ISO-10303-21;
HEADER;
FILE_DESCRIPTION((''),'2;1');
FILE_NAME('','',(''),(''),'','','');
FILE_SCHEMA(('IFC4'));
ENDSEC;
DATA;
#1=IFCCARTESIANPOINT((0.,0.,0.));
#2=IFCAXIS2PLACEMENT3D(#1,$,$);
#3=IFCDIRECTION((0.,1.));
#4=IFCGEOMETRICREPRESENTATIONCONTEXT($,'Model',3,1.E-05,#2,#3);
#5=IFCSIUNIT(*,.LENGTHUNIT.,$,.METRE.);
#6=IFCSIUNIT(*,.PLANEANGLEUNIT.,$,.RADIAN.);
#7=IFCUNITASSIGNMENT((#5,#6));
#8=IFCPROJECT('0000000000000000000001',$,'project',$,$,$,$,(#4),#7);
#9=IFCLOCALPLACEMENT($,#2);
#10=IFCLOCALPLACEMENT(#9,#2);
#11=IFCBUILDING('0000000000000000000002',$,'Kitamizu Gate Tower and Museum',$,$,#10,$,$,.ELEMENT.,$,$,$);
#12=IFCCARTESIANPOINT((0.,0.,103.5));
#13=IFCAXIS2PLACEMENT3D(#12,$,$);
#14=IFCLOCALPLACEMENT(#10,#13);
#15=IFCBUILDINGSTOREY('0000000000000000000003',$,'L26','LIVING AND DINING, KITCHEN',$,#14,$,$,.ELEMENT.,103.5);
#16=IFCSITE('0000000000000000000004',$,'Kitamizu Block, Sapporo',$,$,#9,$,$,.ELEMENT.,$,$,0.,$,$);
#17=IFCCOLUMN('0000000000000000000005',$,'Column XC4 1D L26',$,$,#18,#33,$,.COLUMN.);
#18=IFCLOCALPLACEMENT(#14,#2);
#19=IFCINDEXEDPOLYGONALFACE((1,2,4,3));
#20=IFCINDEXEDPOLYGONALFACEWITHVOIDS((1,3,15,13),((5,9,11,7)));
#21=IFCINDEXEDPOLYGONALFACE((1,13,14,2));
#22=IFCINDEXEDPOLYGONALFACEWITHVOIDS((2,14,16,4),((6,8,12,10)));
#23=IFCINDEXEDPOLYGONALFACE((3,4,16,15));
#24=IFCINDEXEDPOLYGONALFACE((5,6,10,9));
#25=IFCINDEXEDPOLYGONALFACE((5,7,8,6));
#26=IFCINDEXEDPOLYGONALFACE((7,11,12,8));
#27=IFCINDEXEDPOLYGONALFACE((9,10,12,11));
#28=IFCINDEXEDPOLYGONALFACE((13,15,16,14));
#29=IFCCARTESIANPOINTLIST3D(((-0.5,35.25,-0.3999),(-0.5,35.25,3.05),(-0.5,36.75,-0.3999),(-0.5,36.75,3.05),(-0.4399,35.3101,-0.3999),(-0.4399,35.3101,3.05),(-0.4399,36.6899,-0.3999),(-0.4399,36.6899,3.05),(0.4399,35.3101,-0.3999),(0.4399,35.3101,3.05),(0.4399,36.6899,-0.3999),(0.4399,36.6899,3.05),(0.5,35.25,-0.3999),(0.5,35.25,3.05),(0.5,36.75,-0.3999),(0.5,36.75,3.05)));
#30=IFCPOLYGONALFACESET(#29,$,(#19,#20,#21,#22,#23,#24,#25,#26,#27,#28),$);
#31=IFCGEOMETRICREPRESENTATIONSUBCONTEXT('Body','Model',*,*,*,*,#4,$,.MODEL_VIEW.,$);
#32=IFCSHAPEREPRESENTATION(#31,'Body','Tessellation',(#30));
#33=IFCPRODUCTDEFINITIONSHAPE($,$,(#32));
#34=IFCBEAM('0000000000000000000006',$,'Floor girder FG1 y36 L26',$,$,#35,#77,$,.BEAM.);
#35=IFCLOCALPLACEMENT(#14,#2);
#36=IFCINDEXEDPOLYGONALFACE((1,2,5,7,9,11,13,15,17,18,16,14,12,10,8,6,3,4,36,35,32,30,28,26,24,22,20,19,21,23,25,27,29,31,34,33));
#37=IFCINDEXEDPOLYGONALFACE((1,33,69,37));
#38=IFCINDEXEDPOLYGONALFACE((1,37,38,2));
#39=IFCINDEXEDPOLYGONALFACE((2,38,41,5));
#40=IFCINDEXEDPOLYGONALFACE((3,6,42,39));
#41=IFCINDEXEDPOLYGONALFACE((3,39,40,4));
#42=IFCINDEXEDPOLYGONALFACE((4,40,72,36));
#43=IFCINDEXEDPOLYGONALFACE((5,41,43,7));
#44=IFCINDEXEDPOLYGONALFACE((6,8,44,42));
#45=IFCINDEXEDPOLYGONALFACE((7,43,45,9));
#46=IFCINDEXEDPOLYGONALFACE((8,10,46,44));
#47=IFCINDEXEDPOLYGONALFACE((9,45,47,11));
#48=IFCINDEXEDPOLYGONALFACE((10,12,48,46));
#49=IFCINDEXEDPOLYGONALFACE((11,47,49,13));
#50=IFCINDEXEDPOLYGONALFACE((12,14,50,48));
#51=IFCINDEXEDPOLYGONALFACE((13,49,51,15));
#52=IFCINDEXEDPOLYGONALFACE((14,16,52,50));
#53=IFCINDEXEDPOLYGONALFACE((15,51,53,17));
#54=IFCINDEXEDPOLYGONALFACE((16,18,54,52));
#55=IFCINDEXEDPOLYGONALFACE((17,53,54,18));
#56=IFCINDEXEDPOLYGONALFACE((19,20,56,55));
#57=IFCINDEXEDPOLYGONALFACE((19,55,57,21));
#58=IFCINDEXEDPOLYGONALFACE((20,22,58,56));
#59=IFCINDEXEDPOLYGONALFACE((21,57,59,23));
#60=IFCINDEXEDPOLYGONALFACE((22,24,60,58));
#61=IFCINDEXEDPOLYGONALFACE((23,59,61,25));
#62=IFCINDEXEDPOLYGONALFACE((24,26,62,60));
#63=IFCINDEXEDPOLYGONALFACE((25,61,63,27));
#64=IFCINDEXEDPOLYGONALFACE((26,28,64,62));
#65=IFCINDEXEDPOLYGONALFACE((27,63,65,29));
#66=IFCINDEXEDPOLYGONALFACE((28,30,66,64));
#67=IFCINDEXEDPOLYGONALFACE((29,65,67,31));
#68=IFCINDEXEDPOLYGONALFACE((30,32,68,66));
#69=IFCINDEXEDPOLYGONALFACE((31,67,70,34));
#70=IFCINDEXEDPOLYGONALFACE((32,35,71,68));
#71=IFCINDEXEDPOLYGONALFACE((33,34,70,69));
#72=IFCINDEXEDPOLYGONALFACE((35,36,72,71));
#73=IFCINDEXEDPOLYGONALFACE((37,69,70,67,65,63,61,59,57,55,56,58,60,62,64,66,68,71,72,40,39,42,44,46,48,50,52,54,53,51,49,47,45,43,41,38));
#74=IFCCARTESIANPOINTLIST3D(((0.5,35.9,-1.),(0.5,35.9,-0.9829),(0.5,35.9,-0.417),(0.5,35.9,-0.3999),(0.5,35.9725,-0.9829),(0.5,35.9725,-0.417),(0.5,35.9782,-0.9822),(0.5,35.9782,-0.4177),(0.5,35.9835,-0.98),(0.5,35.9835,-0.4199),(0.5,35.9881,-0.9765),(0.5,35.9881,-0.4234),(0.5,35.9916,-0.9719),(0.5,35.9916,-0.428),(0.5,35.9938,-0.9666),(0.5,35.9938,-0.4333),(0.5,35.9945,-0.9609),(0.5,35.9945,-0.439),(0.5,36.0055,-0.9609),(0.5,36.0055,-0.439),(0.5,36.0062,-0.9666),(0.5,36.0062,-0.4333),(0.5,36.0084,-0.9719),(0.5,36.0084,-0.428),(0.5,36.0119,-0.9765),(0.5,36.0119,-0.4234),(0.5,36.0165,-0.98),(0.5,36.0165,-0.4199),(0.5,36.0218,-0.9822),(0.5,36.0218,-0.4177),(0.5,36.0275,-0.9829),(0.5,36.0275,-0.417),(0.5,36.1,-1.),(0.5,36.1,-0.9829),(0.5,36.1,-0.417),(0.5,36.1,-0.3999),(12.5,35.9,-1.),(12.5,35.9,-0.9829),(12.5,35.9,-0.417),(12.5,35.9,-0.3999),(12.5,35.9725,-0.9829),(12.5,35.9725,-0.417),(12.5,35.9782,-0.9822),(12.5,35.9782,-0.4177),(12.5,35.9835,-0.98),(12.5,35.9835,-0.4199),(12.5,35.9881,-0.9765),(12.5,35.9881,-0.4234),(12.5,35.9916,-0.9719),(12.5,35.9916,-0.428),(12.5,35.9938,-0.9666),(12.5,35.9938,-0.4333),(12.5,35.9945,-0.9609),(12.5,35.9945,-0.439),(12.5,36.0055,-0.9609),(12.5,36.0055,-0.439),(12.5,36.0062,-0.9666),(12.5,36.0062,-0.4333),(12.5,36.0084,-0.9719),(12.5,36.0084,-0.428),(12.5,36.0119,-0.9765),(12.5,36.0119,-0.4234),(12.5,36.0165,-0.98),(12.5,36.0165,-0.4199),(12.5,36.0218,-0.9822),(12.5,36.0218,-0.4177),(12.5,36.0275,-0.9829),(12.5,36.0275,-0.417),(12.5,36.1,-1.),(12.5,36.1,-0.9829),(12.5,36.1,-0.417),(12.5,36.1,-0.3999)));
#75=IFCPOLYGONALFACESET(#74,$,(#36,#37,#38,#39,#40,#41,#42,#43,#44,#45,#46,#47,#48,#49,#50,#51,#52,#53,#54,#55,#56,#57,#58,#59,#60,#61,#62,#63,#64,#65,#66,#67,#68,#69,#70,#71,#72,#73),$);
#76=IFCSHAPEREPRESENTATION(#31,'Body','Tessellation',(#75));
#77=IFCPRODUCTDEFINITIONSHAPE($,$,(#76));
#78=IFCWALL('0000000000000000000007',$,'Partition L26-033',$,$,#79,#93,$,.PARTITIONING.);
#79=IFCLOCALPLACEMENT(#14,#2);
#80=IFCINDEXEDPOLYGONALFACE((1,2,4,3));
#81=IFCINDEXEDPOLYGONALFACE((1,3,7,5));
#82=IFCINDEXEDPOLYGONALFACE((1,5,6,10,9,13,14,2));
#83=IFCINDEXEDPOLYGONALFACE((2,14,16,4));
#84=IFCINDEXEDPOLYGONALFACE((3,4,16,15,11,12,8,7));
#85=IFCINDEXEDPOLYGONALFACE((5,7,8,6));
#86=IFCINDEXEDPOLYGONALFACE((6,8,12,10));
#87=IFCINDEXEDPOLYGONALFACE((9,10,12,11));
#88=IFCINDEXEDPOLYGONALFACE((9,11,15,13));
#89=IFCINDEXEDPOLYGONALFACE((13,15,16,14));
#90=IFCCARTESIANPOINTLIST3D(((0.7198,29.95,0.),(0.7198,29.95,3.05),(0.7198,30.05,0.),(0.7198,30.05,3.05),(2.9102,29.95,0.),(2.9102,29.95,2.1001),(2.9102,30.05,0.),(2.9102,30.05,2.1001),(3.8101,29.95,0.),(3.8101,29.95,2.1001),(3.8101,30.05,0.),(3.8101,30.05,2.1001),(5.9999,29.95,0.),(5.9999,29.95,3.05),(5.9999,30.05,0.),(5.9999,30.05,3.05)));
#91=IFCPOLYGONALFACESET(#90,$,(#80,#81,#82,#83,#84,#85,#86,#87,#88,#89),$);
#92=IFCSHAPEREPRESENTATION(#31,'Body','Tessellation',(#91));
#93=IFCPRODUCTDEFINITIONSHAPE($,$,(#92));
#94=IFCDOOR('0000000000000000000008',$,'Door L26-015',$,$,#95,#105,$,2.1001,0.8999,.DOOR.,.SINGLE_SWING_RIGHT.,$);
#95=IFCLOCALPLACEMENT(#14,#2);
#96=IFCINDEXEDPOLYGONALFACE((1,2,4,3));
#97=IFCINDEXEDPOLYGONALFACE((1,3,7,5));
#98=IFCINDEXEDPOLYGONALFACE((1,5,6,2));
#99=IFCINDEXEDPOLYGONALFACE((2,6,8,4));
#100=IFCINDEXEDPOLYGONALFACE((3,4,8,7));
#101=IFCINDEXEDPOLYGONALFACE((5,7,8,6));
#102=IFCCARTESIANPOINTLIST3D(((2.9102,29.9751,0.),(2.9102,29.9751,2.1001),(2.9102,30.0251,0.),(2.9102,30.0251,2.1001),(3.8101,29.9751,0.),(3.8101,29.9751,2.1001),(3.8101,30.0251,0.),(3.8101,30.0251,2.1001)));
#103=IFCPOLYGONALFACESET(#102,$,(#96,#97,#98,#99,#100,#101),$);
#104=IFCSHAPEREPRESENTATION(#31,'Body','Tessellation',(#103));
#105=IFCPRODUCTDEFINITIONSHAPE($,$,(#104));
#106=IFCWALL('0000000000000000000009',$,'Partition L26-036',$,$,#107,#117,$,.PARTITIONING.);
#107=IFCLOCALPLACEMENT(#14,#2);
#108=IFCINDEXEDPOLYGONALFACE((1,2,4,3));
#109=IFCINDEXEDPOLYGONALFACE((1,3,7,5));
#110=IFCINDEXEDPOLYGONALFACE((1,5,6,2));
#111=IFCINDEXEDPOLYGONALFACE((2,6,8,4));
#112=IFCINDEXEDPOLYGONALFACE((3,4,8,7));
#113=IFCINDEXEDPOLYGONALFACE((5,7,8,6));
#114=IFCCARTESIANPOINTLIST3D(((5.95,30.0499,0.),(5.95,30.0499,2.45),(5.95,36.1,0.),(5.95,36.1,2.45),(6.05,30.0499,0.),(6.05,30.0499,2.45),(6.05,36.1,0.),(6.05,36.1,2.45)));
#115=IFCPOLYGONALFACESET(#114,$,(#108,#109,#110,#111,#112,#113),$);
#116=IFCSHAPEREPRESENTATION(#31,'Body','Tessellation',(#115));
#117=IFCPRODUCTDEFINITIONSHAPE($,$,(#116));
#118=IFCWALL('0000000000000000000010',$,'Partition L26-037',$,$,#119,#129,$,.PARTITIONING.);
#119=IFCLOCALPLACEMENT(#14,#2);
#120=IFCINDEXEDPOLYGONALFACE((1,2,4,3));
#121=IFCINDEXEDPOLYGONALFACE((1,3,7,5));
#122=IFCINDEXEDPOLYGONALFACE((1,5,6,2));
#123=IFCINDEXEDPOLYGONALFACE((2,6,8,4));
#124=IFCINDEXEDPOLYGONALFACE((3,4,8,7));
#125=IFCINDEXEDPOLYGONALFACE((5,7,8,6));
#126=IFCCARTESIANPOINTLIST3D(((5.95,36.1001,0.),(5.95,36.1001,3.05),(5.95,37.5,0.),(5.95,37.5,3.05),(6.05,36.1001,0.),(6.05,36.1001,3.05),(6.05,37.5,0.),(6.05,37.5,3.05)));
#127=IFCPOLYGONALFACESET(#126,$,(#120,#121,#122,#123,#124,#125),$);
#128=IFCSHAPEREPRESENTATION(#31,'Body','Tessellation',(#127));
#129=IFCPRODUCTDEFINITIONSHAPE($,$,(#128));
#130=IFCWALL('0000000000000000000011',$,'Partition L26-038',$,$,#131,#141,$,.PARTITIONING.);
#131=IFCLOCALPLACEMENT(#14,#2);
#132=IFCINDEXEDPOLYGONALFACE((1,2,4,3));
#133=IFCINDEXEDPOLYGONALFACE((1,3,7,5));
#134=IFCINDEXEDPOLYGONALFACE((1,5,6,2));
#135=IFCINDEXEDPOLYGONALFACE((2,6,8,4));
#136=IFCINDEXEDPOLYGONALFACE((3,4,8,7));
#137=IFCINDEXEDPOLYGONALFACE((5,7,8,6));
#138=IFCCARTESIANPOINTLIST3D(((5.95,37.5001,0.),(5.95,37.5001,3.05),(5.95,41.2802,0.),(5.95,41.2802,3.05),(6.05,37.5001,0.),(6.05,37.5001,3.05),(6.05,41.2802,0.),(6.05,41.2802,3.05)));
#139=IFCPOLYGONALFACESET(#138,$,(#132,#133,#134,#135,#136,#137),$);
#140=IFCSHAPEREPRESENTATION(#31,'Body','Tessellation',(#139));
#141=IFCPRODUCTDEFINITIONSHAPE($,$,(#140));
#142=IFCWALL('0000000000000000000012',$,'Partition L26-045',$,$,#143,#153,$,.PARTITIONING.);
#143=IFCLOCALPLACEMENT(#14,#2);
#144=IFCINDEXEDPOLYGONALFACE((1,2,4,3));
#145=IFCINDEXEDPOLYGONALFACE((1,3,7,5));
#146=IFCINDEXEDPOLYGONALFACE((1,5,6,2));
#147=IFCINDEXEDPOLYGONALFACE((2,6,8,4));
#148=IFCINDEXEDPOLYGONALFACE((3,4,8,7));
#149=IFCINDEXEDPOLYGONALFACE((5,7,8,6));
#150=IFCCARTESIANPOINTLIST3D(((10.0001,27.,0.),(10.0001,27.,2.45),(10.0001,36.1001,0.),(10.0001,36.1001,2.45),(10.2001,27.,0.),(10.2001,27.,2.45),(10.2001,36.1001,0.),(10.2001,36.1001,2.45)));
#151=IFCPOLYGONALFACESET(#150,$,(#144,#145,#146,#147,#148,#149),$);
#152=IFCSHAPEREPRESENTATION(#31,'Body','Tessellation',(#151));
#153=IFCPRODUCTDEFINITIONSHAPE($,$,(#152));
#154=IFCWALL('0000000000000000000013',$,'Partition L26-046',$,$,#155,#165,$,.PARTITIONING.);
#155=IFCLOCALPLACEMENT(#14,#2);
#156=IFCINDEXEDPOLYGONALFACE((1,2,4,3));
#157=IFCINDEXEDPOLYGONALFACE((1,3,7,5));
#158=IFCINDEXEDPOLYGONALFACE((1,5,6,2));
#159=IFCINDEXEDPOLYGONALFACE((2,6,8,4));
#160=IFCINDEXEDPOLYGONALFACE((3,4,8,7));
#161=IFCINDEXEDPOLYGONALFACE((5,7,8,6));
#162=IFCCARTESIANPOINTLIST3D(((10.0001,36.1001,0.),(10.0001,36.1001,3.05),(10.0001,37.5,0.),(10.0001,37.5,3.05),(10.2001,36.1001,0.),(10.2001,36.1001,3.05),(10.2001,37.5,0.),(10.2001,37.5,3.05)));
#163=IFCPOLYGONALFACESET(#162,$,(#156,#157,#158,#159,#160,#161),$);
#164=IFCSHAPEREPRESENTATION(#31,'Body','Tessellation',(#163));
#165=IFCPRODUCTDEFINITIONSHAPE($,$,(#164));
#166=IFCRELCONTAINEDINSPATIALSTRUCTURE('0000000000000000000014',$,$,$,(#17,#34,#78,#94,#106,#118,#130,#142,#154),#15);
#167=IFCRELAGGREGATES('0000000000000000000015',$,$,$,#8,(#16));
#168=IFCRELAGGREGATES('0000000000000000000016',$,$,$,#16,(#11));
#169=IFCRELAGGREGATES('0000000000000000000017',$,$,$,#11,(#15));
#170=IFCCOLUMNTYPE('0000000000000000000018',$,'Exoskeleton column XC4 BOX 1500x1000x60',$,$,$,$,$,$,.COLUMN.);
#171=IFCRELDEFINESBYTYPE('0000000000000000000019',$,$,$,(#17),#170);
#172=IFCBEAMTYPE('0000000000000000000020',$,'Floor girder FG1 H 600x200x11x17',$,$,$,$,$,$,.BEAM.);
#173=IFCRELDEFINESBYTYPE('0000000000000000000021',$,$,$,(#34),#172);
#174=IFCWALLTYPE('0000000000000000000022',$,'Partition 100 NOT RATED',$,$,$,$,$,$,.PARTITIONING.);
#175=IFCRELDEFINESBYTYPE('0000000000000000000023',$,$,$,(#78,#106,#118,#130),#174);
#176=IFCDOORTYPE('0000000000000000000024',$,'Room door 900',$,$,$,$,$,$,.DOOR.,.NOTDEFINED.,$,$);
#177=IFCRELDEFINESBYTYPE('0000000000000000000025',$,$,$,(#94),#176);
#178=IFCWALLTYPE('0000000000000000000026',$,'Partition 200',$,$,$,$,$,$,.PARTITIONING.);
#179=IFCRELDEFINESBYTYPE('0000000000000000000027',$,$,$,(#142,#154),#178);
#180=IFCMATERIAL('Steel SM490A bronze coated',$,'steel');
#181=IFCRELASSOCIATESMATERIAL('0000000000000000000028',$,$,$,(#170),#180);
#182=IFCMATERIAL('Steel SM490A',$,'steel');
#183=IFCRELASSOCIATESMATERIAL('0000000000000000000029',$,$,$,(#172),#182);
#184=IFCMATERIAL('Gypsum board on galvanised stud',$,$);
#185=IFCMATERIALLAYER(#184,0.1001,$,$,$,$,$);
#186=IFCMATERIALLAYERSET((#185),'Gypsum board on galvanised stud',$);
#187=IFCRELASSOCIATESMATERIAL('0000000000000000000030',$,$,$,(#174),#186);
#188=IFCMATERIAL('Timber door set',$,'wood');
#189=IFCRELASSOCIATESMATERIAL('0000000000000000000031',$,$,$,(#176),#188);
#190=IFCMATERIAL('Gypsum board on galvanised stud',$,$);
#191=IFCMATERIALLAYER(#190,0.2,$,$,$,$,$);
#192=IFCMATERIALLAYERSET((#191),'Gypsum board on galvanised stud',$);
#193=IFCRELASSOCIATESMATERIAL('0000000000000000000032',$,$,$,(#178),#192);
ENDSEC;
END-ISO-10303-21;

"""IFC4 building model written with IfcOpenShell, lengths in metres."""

from ifc_helpers import new_model, si_unit, direction, frame, frame_2d, origin, origin_2d, place, context, subcontext, project, spatial, rectangle, hollow_rectangle, i_section, extrude, material, layer, layer_set, material_profile, profile_set, type_object, element, fill, save


model = new_model("IFC4")

# Units and contexts
model_context = context("Model", 3, precision=1e-05, world=origin(), true_north=direction((0.0, 1.0)))
body_context = subcontext(model_context, "Body", "Model", "MODEL_VIEW")
ifc_project = project(units=[si_unit("LENGTHUNIT", "METRE"), si_unit("PLANEANGLEUNIT", "RADIAN")], contexts=[model_context])

# Site, building, storey
site_placement = place(None, origin())
site = spatial("IfcSite", under=ifc_project, at=site_placement, Name="Kitamizu Block, Sapporo", CompositionType="ELEMENT", RefElevation=0.0)
building_placement = place(site_placement, origin())
building = spatial("IfcBuilding", under=site, at=building_placement, Name="Kitamizu Gate Tower and Museum", CompositionType="ELEMENT")
storey_placement = place(building_placement, frame((0.0, 0.0, 103.5)))
storey = spatial("IfcBuildingStorey", under=building, at=storey_placement, Name="L26", Description="LIVING AND DINING, KITCHEN", CompositionType="ELEMENT", Elevation=103.5)

# Column
ifc_material_1 = material(Name="Steel SM490A bronze coated", Category="steel")
ifc_material_profile_1 = material_profile(ifc_material_1, hollow_rectangle(XDim=1.5, YDim=1.0, WallThickness=0.0601, at=origin_2d()), Name="BOX 1500x1000x60")
ifc_profile_set_1 = profile_set([ifc_material_profile_1], Name="Steel SM490A bronze coated")
column_type = type_object("IfcColumnType", Name="Exoskeleton column XC4 BOX 1500x1000x60", PredefinedType="COLUMN", material=ifc_profile_set_1)
column_placement = place(storey_placement, frame((0.0, 36.0, -0.3999), z_axis=(0.0, 0.0, 1.0), x_axis=(0.0, 1.0, 0.0)))
element("IfcColumn", 1, at=column_placement, inside=storey, type_object=column_type, Name="Column XC4 1D L26", PredefinedType="COLUMN", context=body_context, shape_type="SweptSolid", body=[
    extrude(hollow_rectangle(XDim=1.5, YDim=1.0, WallThickness=0.0601, at=origin_2d()), origin(), (0.0, 0.0, 1.0), 3.45),
])

# Beam
ifc_material_2 = material(Name="Steel SM490A", Category="steel")
ifc_material_profile_2 = material_profile(ifc_material_2, i_section(OverallWidth=0.2, OverallDepth=0.6001, WebThickness=0.011, FlangeThickness=0.0171, FilletRadius=0.022, at=origin_2d()), Name="H-600x200x11x17")
ifc_profile_set_2 = profile_set([ifc_material_profile_2], Name="Steel SM490A")
beam_type = type_object("IfcBeamType", Name="Floor girder FG1 H 600x200x11x17", PredefinedType="BEAM", material=ifc_profile_set_2)
beam_placement = place(storey_placement, frame((0.5, 36.0, -0.7), z_axis=(1.0, 0.0, 0.0), x_axis=(0.0, 1.0, 0.0)))
element("IfcBeam", 2, at=beam_placement, inside=storey, type_object=beam_type, Name="Floor girder FG1 y36 L26", PredefinedType="BEAM", context=body_context, shape_type="SweptSolid", body=[
    extrude(i_section(OverallWidth=0.2, OverallDepth=0.6001, WebThickness=0.011, FlangeThickness=0.0171, FilletRadius=0.022, at=origin_2d()), origin(), (0.0, 0.0, 1.0), 12.0),
])

# Wall, opening, door
ifc_material_3 = material(Name="Gypsum board on galvanised stud")
ifc_layer_1 = layer(ifc_material_3, 0.1001)
ifc_layer_set_1 = layer_set([ifc_layer_1], Name="Gypsum board on galvanised stud")
wall_type_1 = type_object("IfcWallType", Name="Partition 100 NOT RATED", PredefinedType="PARTITIONING", material=ifc_layer_set_1)
wall_1_placement = place(storey_placement, frame((6.0, 30.0, 0.0), z_axis=(0.0, 0.0, 1.0), x_axis=(-1.0, 0.0, 0.0)))
wall_1 = element("IfcWall", 3, at=wall_1_placement, inside=storey, type_object=wall_type_1, Name="Partition L26-033", PredefinedType="PARTITIONING", context=body_context, shape_type="SweptSolid", body=[
    extrude(rectangle(XDim=5.28, YDim=0.1001, at=frame_2d((2.6401, 0.0))), origin(), (0.0, 0.0, 1.0), 3.05),
])
opening_placement = place(wall_1_placement, frame((2.1899, 0.0, 0.0)))
opening = element("IfcOpeningElement", 4, at=opening_placement, cuts=wall_1, PredefinedType="OPENING", context=body_context, shape_type="SweptSolid", body=[
    extrude(rectangle(XDim=0.8999, YDim=2.1001, at=frame_2d((0.45, 1.05))), frame((0.0, 0.0601, 0.0), z_axis=(0.0, -1.0, 0.0), x_axis=(1.0, 0.0, 0.0)), (0.0, 0.0, 1.0), 0.1201),
])
ifc_material_4 = material(Name="Timber door set", Category="wood")
door_type = type_object("IfcDoorType", Name="Room door 900", OperationType="NOTDEFINED", PredefinedType="DOOR", material=ifc_material_4)
door_placement = place(opening_placement, origin())
door = element("IfcDoor", 5, at=door_placement, inside=storey, type_object=door_type, Name="Door L26-015", OperationType="SINGLE_SWING_RIGHT", OverallHeight=2.1001, OverallWidth=0.8999, PredefinedType="DOOR", context=body_context, shape_type="SweptSolid", body=[
    extrude(rectangle(XDim=0.8999, YDim=2.1001, at=frame_2d((0.45, 1.05))), frame((0.0, 0.0249, 0.0), z_axis=(0.0, -1.0, 0.0), x_axis=(1.0, 0.0, 0.0)), (0.0, 0.0, 1.0), 0.05),
])
fill(opening, door)

# Walls
wall_2_placement = place(storey_placement, frame((6.0, 30.05, 0.0), z_axis=(0.0, 0.0, 1.0), x_axis=(0.0, 1.0, 0.0)))
element("IfcWall", 6, at=wall_2_placement, inside=storey, type_object=wall_type_1, Name="Partition L26-036", PredefinedType="PARTITIONING", context=body_context, shape_type="SweptSolid", body=[
    extrude(rectangle(XDim=6.05, YDim=0.1001, at=frame_2d((3.0249, 0.0))), origin(), (0.0, 0.0, 1.0), 2.45),
])
wall_3_placement = place(storey_placement, frame((6.0, 36.1001, 0.0), z_axis=(0.0, 0.0, 1.0), x_axis=(0.0, 1.0, 0.0)))
element("IfcWall", 7, at=wall_3_placement, inside=storey, type_object=wall_type_1, Name="Partition L26-037", PredefinedType="PARTITIONING", context=body_context, shape_type="SweptSolid", body=[
    extrude(rectangle(XDim=1.3999, YDim=0.1001, at=frame_2d((0.7, 0.0))), origin(), (0.0, 0.0, 1.0), 3.05),
])
wall_4_placement = place(storey_placement, frame((6.0, 37.5, 0.0), z_axis=(0.0, 0.0, 1.0), x_axis=(0.0, 1.0, 0.0)))
element("IfcWall", 8, at=wall_4_placement, inside=storey, type_object=wall_type_1, Name="Partition L26-038", PredefinedType="PARTITIONING", context=body_context, shape_type="SweptSolid", body=[
    extrude(rectangle(XDim=3.78, YDim=0.1001, at=frame_2d((1.8901, 0.0))), origin(), (0.0, 0.0, 1.0), 3.05),
])
ifc_material_5 = material(Name="Gypsum board on galvanised stud")
ifc_layer_2 = layer(ifc_material_5, 0.2)
ifc_layer_set_2 = layer_set([ifc_layer_2], Name="Gypsum board on galvanised stud")
wall_type_2 = type_object("IfcWallType", Name="Partition 200", PredefinedType="PARTITIONING", material=ifc_layer_set_2)
wall_5_placement = place(storey_placement, frame((10.1001, 27.0, 0.0), z_axis=(0.0, 0.0, 1.0), x_axis=(0.0, 1.0, 0.0)))
element("IfcWall", 9, at=wall_5_placement, inside=storey, type_object=wall_type_2, Name="Partition L26-045", PredefinedType="PARTITIONING", context=body_context, shape_type="SweptSolid", body=[
    extrude(rectangle(XDim=9.1001, YDim=0.2, at=frame_2d((4.55, 0.0))), origin(), (0.0, 0.0, 1.0), 2.45),
])
wall_6_placement = place(storey_placement, frame((10.1001, 36.1001, 0.0), z_axis=(0.0, 0.0, 1.0), x_axis=(0.0, 1.0, 0.0)))
element("IfcWall", 10, at=wall_6_placement, inside=storey, type_object=wall_type_2, Name="Partition L26-046", PredefinedType="PARTITIONING", context=body_context, shape_type="SweptSolid", body=[
    extrude(rectangle(XDim=1.3999, YDim=0.2, at=frame_2d((0.7, 0.0))), origin(), (0.0, 0.0, 1.0), 3.05),
])

save(model, "model.ifc")
